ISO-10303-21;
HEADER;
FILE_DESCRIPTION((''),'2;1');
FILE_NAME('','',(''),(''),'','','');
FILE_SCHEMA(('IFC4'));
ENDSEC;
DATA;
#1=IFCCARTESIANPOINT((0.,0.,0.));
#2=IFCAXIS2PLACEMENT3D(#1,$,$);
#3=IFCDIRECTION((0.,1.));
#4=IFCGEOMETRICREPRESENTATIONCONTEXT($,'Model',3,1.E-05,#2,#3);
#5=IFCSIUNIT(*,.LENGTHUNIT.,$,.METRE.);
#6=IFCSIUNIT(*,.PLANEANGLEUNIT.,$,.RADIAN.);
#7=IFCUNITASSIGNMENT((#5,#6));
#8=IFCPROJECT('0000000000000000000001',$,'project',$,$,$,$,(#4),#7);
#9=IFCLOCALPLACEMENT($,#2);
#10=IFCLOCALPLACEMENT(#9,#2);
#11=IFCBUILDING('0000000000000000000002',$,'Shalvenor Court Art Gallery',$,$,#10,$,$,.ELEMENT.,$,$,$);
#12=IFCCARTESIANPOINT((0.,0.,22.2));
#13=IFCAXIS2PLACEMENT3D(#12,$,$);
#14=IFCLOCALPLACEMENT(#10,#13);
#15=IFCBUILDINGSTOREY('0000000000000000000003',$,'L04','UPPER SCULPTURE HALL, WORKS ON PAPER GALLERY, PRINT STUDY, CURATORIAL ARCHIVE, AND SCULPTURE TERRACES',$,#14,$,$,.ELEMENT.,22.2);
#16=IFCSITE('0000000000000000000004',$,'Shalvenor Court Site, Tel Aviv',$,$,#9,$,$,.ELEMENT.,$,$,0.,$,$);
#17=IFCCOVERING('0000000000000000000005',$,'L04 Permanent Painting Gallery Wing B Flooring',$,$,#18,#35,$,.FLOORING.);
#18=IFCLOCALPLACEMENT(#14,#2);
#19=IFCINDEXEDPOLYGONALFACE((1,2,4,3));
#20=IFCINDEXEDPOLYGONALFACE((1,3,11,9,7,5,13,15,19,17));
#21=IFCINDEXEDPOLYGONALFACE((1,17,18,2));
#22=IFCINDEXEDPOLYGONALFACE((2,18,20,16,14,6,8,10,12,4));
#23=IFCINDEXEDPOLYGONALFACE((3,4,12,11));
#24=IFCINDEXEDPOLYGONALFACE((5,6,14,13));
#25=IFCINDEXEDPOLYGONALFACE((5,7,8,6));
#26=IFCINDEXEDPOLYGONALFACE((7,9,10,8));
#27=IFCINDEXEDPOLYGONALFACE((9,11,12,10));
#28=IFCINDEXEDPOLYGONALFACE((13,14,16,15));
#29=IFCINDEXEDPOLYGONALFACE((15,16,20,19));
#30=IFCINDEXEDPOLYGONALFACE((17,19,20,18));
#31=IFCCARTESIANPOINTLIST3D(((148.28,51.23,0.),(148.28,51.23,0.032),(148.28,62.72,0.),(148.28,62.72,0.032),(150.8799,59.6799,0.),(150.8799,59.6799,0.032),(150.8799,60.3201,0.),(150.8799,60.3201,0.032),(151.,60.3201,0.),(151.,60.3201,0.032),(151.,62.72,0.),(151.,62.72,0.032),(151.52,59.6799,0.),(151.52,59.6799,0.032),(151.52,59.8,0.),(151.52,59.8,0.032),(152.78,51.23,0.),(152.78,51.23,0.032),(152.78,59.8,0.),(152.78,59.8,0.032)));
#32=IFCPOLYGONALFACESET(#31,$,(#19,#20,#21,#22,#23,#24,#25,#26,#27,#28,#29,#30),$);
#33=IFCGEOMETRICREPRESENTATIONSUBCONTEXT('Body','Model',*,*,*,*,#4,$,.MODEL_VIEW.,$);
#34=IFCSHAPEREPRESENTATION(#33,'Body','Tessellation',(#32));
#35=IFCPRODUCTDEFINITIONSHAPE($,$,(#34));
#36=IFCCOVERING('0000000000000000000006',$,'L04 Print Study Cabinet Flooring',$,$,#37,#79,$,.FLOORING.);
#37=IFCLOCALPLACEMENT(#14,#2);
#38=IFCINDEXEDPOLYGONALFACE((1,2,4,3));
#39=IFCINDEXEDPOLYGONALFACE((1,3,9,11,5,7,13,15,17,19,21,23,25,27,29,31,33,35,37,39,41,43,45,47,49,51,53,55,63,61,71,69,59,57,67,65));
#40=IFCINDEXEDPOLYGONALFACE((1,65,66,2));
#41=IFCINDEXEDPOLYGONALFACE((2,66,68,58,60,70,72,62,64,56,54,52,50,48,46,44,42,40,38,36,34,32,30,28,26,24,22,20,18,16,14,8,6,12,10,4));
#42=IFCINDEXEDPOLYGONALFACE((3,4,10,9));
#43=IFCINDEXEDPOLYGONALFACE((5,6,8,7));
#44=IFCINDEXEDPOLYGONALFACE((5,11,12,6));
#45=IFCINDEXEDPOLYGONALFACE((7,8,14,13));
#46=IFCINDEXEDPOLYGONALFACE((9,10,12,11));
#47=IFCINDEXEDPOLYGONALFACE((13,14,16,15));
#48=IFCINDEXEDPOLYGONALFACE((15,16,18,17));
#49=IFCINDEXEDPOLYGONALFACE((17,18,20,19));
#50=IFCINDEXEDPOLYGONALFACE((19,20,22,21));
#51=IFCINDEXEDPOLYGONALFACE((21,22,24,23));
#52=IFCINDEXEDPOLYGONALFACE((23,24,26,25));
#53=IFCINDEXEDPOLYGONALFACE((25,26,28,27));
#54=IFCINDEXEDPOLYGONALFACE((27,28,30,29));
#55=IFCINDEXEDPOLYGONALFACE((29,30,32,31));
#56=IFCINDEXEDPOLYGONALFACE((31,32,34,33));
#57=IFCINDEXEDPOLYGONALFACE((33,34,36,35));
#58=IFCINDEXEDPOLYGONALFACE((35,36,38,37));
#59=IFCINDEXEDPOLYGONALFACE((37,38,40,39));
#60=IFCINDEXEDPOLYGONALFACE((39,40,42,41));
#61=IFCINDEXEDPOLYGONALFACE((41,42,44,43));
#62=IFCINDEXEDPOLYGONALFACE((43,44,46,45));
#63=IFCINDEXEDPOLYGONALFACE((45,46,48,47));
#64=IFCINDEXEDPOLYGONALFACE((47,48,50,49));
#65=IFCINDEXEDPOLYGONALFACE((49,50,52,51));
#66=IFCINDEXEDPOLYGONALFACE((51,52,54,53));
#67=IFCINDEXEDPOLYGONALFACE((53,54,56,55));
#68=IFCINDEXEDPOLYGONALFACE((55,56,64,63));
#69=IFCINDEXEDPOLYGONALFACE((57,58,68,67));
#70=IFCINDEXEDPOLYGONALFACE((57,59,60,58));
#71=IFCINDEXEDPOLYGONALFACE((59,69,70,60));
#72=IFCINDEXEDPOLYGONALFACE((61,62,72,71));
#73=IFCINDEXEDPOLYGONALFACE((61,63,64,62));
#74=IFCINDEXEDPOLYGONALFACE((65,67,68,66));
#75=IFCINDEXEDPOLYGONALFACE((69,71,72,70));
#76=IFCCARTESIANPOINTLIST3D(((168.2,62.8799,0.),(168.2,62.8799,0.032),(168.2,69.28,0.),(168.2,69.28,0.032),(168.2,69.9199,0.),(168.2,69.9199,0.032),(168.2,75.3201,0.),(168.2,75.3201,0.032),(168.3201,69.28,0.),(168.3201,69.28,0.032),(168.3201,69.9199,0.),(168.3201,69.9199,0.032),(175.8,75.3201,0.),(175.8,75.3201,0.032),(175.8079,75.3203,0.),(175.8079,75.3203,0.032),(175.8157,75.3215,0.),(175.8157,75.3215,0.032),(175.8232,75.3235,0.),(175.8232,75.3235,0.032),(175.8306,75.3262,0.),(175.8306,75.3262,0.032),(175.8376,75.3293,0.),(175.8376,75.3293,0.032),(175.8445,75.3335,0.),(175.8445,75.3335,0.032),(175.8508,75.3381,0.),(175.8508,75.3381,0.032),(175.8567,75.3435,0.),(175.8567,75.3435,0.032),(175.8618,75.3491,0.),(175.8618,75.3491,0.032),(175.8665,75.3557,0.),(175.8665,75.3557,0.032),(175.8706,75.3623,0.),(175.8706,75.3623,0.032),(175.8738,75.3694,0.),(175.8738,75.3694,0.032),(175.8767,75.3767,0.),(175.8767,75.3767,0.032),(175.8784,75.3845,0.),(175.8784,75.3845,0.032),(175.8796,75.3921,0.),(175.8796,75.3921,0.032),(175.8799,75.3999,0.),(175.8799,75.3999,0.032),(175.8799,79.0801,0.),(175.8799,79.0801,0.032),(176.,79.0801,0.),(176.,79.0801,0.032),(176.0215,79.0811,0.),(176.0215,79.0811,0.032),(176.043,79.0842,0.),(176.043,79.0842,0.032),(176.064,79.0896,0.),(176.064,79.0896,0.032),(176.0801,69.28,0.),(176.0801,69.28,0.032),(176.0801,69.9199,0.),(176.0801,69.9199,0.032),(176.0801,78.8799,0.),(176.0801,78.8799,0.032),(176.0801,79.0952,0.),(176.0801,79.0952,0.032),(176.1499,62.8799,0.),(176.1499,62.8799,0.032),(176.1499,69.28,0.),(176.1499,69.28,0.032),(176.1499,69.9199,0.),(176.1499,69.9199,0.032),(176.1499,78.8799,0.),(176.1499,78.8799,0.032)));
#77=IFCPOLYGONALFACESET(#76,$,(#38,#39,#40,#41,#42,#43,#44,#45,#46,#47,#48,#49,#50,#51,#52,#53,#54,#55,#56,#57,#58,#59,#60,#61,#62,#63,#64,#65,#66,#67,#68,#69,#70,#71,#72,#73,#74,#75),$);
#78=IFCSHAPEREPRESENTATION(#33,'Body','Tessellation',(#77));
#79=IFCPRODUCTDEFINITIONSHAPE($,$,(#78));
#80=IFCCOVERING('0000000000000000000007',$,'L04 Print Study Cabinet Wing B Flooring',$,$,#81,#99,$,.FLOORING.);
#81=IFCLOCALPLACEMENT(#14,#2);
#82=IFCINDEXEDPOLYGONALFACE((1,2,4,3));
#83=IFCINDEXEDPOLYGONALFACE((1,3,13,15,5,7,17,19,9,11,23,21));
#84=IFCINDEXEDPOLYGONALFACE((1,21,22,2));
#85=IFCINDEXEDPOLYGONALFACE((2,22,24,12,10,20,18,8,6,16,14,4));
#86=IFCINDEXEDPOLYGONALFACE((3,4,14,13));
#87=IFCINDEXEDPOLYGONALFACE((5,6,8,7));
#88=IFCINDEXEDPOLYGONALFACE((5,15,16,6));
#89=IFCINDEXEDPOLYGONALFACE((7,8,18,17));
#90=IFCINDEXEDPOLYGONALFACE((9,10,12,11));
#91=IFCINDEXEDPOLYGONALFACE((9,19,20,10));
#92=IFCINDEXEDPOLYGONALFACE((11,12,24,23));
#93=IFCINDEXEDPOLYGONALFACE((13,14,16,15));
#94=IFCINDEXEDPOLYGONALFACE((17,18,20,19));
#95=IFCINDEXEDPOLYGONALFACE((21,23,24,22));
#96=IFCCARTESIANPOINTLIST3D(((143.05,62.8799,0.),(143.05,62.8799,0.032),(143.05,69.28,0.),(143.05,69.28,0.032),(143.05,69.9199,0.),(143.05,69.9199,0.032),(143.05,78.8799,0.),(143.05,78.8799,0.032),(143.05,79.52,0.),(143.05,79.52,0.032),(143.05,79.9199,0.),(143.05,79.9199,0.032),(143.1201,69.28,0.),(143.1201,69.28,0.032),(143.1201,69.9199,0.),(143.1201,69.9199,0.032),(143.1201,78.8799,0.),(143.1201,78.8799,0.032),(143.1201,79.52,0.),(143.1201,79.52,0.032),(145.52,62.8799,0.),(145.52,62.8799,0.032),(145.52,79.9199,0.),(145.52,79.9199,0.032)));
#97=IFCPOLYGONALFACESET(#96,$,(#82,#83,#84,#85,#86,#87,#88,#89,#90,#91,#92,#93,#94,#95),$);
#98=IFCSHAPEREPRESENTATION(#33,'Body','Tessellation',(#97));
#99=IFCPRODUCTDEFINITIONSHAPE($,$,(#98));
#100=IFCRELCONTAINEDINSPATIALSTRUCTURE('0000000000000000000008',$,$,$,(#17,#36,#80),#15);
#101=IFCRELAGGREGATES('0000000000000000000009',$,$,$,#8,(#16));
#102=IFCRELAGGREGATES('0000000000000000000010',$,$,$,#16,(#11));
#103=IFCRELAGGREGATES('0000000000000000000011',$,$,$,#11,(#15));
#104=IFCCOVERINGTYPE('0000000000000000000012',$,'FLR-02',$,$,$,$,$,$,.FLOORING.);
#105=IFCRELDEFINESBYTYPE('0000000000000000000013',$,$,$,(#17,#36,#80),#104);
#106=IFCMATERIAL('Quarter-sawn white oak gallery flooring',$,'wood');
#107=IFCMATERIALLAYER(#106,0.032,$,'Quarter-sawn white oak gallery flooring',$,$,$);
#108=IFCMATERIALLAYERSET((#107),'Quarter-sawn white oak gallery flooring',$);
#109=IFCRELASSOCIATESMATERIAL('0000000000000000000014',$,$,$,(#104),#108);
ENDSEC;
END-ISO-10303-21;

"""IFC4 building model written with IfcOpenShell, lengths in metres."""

from ifc_helpers import new_model, si_unit, direction, frame, origin, place, context, subcontext, project, spatial, polyline, outline, extrude, material, layer, layer_set, type_object, element, save


model = new_model("IFC4")

# Units and contexts
model_context = context("Model", 3, precision=1e-05, world=origin(), true_north=direction((0.0, 1.0)))
body_context = subcontext(model_context, "Body", "Model", "MODEL_VIEW")
ifc_project = project(units=[si_unit("LENGTHUNIT", "METRE"), si_unit("PLANEANGLEUNIT", "RADIAN")], contexts=[model_context])

# Site, building, storey
site_placement = place(None, origin())
site = spatial("IfcSite", under=ifc_project, at=site_placement, Name="Shalvenor Court Site, Tel Aviv", CompositionType="ELEMENT", RefElevation=0.0)
building_placement = place(site_placement, origin())
building = spatial("IfcBuilding", under=site, at=building_placement, Name="Shalvenor Court Art Gallery", CompositionType="ELEMENT")
storey_placement = place(building_placement, frame((0.0, 0.0, 22.2)))
storey = spatial("IfcBuildingStorey", under=building, at=storey_placement, Name="L04", Description="UPPER SCULPTURE HALL, WORKS ON PAPER GALLERY, PRINT STUDY, CURATORIAL ARCHIVE, AND SCULPTURE TERRACES", CompositionType="ELEMENT", Elevation=22.2)

# Coverings
ifc_material_1 = material(Name="Quarter-sawn white oak gallery flooring", Category="wood")
ifc_layer_1 = layer(ifc_material_1, 0.032, Name="Quarter-sawn white oak gallery flooring")
ifc_layer_set_1 = layer_set([ifc_layer_1], Name="Quarter-sawn white oak gallery flooring")
covering_type_1 = type_object("IfcCoveringType", Name="FLR-02", PredefinedType="FLOORING", material=ifc_layer_set_1)
covering_1_placement = place(storey_placement, origin())
element("IfcCovering", 1, at=covering_1_placement, inside=storey, type_object=covering_type_1, Name="L04 Permanent Painting Gallery Wing B Flooring", PredefinedType="FLOORING", context=body_context, shape_type="SweptSolid", body=[
    extrude(outline(polyline([(152.78, 51.23), (148.28, 51.23), (148.28, 62.72), (151.0, 62.72), (151.0, 60.3201), (150.8799, 60.3201), (150.8799, 59.6799), (151.52, 59.6799), (151.52, 59.8), (152.78, 59.8), (152.78, 51.23)])), origin(), (0.0, 0.0, 1.0), 0.032),
])
covering_2_placement = place(storey_placement, origin())
element("IfcCovering", 2, at=covering_2_placement, inside=storey, type_object=covering_type_1, Name="L04 Print Study Cabinet Flooring", PredefinedType="FLOORING", context=body_context, shape_type="SweptSolid", body=[
    extrude(outline(polyline([(175.8, 75.3201), (175.8079, 75.3203), (175.8157, 75.3215), (175.8232, 75.3235), (175.8306, 75.3262), (175.8376, 75.3293), (175.8445, 75.3335), (175.8508, 75.3381), (175.8567, 75.3435), (175.8618, 75.3491), (175.8665, 75.3557), (175.8706, 75.3623), (175.8738, 75.3694), (175.8767, 75.3767), (175.8784, 75.3845), (175.8796, 75.3921), (175.8799, 75.3999), (175.8799, 79.0801), (176.0, 79.0801), (176.0215, 79.0811), (176.043, 79.0842), (176.064, 79.0896), (176.0801, 79.0952), (176.0801, 78.8799), (176.1499, 78.8799), (176.1499, 69.9199), (176.0801, 69.9199), (176.0801, 69.28), (176.1499, 69.28), (176.1499, 62.8799), (168.2, 62.8799), (168.2, 69.28), (168.3201, 69.28), (168.3201, 69.9199), (168.2, 69.9199), (168.2, 75.3201), (175.8, 75.3201)])), origin(), (0.0, 0.0, 1.0), 0.032),
])
covering_3_placement = place(storey_placement, origin())
element("IfcCovering", 3, at=covering_3_placement, inside=storey, type_object=covering_type_1, Name="L04 Print Study Cabinet Wing B Flooring", PredefinedType="FLOORING", context=body_context, shape_type="SweptSolid", body=[
    extrude(outline(polyline([(143.05, 62.8799), (143.05, 69.28), (143.1201, 69.28), (143.1201, 69.9199), (143.05, 69.9199), (143.05, 78.8799), (143.1201, 78.8799), (143.1201, 79.52), (143.05, 79.52), (143.05, 79.9199), (145.52, 79.9199), (145.52, 62.8799), (143.05, 62.8799)])), origin(), (0.0, 0.0, 1.0), 0.032),
])

save(model, "model.ifc")
